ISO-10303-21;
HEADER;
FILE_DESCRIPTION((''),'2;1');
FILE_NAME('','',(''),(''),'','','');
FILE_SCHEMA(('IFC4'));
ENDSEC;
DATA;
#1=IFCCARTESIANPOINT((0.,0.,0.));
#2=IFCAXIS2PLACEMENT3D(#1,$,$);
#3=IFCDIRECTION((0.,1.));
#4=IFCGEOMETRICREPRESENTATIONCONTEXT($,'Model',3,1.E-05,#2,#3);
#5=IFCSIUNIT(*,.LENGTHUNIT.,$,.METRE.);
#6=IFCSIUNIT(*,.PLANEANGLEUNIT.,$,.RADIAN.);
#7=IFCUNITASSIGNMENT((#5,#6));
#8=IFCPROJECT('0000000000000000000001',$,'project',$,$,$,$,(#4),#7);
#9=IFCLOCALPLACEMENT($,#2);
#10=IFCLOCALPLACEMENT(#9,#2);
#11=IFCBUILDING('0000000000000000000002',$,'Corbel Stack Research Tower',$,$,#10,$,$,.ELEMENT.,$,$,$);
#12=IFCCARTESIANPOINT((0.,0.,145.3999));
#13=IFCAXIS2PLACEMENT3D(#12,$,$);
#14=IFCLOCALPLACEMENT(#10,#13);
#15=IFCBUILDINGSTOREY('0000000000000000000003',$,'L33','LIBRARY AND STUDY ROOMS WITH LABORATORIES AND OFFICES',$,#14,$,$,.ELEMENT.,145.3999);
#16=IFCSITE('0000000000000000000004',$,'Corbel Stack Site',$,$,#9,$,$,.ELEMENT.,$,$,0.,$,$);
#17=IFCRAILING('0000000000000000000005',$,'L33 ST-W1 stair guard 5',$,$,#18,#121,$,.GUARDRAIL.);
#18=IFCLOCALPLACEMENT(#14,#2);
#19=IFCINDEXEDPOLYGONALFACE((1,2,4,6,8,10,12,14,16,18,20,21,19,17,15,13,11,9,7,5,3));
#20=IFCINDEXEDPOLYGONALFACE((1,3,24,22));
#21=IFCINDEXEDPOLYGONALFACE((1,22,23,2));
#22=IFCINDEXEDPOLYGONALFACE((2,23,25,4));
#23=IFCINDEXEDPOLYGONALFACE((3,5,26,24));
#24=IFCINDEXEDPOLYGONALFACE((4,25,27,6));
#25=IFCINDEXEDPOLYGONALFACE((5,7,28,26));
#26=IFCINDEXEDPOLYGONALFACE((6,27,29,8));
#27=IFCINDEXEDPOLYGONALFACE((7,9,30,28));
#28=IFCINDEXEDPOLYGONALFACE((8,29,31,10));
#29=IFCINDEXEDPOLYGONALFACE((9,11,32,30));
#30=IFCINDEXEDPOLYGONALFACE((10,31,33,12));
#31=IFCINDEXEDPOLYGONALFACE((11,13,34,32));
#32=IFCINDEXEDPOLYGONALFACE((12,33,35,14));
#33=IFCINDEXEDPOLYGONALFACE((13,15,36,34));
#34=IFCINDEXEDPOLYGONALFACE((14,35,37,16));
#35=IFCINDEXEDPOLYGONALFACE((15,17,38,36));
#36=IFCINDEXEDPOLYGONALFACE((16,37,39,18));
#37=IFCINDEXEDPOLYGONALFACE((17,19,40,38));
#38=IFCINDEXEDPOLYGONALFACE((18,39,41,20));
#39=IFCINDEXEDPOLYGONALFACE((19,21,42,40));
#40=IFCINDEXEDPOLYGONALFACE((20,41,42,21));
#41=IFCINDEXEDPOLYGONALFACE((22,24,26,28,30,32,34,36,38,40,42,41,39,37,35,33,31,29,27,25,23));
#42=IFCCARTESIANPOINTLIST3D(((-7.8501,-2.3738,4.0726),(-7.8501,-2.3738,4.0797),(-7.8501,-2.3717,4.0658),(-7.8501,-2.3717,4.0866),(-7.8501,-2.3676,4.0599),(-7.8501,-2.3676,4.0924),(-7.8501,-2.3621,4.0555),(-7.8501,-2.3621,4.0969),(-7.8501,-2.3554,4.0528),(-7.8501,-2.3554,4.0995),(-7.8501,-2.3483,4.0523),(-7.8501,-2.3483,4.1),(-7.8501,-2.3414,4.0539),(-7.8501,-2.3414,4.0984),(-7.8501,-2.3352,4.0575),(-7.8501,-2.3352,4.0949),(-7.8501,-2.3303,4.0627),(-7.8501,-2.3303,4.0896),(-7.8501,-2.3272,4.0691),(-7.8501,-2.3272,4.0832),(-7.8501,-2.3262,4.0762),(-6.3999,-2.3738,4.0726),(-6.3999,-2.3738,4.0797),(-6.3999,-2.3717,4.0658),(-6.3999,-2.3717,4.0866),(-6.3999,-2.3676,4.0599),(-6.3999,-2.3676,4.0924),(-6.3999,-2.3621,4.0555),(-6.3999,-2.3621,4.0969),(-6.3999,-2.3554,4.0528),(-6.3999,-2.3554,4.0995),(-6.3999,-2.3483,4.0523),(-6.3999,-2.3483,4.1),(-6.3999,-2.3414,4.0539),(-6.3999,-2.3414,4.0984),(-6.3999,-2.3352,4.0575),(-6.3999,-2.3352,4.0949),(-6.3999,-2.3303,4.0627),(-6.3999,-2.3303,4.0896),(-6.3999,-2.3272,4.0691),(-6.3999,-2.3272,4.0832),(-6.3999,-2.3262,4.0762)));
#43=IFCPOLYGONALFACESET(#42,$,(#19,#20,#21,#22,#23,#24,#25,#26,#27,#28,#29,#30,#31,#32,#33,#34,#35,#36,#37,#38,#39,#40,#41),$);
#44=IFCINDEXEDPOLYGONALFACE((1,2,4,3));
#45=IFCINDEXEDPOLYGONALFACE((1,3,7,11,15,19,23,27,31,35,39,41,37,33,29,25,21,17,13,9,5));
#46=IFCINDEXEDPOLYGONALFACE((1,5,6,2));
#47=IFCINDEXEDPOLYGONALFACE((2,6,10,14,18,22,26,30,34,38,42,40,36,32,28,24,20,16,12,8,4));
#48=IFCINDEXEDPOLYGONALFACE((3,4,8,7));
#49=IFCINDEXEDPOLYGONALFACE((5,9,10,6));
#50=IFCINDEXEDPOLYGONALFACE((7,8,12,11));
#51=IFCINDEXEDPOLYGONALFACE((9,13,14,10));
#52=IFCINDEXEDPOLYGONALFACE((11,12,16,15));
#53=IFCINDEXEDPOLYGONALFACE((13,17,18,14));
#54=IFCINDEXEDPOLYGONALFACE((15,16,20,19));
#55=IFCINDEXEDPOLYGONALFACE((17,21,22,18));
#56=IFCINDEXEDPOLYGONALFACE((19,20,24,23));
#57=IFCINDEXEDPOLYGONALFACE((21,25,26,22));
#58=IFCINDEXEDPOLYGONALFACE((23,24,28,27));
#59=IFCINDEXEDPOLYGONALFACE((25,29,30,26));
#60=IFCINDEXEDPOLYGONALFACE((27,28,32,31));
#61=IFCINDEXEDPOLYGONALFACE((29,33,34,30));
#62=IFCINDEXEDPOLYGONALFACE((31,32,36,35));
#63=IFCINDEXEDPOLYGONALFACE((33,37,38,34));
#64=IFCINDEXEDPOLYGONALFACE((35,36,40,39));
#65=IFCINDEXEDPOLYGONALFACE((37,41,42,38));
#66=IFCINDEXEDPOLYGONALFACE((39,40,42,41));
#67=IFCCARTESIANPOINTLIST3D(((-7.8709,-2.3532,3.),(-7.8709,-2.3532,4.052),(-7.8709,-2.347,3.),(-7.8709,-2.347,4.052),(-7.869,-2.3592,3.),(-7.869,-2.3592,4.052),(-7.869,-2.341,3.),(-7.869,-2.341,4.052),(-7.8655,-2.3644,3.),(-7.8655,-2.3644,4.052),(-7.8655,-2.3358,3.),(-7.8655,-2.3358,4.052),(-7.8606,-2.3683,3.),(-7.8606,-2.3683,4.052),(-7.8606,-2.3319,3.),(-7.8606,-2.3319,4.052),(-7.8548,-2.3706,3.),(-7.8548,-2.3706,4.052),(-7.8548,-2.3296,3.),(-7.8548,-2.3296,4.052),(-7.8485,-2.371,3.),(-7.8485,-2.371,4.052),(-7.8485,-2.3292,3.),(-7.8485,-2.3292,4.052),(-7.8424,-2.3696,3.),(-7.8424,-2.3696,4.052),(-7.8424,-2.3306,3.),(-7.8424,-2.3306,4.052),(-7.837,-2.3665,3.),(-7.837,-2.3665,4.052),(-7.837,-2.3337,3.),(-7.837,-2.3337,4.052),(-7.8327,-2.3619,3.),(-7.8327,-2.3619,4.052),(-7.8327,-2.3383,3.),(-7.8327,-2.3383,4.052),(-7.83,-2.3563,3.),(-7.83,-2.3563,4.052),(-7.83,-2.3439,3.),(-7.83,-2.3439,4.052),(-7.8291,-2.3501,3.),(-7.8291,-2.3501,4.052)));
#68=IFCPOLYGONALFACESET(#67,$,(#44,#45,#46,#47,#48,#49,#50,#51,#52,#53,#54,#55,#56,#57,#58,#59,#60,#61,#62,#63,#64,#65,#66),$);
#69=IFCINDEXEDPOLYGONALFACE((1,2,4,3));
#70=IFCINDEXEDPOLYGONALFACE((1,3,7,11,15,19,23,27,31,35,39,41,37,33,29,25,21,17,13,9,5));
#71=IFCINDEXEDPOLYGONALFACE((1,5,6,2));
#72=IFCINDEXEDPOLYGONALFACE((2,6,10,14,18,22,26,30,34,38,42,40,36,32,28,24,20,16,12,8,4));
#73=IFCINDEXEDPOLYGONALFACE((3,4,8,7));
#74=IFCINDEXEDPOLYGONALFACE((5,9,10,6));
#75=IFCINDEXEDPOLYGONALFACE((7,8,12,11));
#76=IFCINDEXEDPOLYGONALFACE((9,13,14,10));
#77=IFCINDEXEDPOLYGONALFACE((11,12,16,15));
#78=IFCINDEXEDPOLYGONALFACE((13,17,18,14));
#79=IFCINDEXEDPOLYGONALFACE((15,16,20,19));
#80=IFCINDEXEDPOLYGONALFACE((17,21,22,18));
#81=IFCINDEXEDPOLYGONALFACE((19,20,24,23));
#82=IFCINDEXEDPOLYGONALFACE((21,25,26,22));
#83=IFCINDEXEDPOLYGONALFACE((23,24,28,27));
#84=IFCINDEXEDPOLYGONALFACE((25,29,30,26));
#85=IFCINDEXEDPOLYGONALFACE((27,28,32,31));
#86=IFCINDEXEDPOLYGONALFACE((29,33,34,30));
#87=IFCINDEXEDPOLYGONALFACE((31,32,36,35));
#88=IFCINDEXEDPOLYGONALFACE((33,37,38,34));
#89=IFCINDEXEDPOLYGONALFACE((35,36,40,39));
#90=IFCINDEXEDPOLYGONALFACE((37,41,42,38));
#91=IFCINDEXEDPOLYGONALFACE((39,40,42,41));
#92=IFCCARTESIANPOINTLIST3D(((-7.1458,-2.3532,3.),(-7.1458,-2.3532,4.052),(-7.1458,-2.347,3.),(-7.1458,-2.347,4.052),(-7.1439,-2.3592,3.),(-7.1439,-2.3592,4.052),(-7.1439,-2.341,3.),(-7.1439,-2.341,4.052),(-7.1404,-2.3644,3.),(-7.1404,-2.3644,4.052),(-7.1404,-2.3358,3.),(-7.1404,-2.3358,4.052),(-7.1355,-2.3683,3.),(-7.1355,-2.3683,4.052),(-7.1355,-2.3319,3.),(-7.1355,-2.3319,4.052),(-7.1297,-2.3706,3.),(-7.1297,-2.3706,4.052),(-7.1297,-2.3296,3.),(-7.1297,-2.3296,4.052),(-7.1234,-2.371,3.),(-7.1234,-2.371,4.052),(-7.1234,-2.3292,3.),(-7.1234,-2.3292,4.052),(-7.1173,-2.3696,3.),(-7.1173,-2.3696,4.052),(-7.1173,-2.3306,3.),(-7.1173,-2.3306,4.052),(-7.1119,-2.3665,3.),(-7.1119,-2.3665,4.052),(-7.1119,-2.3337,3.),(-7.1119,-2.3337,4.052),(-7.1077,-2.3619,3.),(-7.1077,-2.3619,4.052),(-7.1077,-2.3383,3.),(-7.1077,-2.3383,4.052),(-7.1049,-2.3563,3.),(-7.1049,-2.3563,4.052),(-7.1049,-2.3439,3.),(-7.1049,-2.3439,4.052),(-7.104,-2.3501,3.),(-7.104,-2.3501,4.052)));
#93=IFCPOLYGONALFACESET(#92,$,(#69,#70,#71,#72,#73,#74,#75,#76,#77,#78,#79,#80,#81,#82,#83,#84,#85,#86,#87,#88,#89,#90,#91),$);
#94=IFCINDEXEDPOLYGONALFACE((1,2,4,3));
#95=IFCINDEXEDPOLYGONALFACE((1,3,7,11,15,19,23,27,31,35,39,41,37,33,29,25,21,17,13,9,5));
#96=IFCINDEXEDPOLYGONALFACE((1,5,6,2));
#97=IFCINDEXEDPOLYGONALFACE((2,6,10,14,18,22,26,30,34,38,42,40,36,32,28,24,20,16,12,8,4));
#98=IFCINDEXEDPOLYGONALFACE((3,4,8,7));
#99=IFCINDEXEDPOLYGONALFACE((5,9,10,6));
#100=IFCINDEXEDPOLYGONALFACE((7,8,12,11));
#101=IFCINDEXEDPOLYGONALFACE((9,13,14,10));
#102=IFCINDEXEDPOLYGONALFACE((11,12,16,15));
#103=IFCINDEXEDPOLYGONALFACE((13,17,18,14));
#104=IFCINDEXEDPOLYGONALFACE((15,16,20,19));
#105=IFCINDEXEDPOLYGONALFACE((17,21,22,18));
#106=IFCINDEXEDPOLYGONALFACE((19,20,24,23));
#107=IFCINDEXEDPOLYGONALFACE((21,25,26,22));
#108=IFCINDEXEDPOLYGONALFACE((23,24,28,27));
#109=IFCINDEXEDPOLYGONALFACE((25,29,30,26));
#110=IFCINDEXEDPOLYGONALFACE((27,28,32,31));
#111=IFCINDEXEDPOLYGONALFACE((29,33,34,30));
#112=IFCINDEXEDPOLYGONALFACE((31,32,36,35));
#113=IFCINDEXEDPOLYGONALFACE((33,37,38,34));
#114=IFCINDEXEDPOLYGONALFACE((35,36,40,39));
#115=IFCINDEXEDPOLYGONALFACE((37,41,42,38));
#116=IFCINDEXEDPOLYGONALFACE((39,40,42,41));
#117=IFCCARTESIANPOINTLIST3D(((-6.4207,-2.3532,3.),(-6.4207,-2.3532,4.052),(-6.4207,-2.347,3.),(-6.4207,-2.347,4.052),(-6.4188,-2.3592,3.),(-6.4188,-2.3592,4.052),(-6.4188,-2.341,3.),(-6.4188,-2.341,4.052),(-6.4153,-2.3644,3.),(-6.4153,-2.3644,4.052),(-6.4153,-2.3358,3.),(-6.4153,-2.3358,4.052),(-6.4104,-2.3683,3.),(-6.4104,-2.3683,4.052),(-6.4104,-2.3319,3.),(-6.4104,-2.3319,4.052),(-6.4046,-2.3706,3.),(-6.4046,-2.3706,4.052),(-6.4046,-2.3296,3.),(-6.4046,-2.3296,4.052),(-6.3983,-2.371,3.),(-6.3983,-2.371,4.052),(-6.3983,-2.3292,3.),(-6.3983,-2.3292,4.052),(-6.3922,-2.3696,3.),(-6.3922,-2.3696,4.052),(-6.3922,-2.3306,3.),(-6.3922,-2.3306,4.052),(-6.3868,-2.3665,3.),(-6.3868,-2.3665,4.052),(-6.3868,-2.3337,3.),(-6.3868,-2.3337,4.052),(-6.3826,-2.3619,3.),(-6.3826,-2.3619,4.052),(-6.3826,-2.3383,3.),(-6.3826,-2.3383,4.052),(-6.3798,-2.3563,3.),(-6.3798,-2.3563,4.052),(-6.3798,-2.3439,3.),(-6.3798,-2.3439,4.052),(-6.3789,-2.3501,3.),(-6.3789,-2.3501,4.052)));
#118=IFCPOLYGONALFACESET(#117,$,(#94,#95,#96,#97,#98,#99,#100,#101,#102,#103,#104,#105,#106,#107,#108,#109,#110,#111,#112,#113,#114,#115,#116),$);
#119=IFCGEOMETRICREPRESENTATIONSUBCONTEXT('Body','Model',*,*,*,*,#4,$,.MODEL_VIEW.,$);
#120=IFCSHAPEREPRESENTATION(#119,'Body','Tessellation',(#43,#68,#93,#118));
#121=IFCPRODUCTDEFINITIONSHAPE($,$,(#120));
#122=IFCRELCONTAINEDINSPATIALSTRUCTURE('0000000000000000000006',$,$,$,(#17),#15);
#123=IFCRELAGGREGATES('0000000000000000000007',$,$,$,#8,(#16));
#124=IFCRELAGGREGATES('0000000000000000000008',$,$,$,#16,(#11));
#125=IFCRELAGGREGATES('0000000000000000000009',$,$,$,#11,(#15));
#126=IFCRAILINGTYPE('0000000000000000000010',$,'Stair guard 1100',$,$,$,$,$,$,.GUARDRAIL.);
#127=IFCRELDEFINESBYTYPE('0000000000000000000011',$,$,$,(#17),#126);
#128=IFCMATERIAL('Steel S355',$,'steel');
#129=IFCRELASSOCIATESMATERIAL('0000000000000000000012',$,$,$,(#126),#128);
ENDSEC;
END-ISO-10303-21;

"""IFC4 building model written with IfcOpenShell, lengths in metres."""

from ifc_helpers import new_model, si_unit, direction, frame, origin, origin_2d, place, context, subcontext, project, spatial, circle, extrude, material, type_object, element, save


model = new_model("IFC4")

# Units and contexts
model_context = context("Model", 3, precision=1e-05, world=origin(), true_north=direction((0.0, 1.0)))
body_context = subcontext(model_context, "Body", "Model", "MODEL_VIEW")
ifc_project = project(units=[si_unit("LENGTHUNIT", "METRE"), si_unit("PLANEANGLEUNIT", "RADIAN")], contexts=[model_context])

# Site, building, storey
site_placement = place(None, origin())
site = spatial("IfcSite", under=ifc_project, at=site_placement, Name="Corbel Stack Site", CompositionType="ELEMENT", RefElevation=0.0)
building_placement = place(site_placement, origin())
building = spatial("IfcBuilding", under=site, at=building_placement, Name="Corbel Stack Research Tower", CompositionType="ELEMENT")
storey_placement = place(building_placement, frame((0.0, 0.0, 145.3999)))
storey = spatial("IfcBuildingStorey", under=building, at=storey_placement, Name="L33", Description="LIBRARY AND STUDY ROOMS WITH LABORATORIES AND OFFICES", CompositionType="ELEMENT", Elevation=145.3999)

# Railing
ifc_material_1 = material(Name="Steel S355", Category="steel")
railing_type = type_object("IfcRailingType", Name="Stair guard 1100", PredefinedType="GUARDRAIL", material=ifc_material_1)
railing_1_placement = place(storey_placement, frame((-7.8501, -2.3501, 3.0)))
element("IfcRailing", 1, at=railing_1_placement, inside=storey, type_object=railing_type, Name="L33 ST-W1 stair guard 5", PredefinedType="GUARDRAIL", context=body_context, shape_type="SweptSolid", body=[
    extrude(circle(Radius=0.0239, at=origin_2d()), frame((0.0, 0.0, 1.0762), z_axis=(1.0, 0.0, 0.0), x_axis=(0.0, 1.0, 0.0)), (0.0, 0.0, 1.0), 1.4502),
    extrude(circle(Radius=0.021, at=origin_2d()), origin(), (0.0, 0.0, 1.0), 1.052),
    extrude(circle(Radius=0.021, at=origin_2d()), frame((0.7251, 0.0, 0.0)), (0.0, 0.0, 1.0), 1.052),
    extrude(circle(Radius=0.021, at=origin_2d()), frame((1.4502, 0.0, 0.0)), (0.0, 0.0, 1.0), 1.052),
])

save(model, "model.ifc")
